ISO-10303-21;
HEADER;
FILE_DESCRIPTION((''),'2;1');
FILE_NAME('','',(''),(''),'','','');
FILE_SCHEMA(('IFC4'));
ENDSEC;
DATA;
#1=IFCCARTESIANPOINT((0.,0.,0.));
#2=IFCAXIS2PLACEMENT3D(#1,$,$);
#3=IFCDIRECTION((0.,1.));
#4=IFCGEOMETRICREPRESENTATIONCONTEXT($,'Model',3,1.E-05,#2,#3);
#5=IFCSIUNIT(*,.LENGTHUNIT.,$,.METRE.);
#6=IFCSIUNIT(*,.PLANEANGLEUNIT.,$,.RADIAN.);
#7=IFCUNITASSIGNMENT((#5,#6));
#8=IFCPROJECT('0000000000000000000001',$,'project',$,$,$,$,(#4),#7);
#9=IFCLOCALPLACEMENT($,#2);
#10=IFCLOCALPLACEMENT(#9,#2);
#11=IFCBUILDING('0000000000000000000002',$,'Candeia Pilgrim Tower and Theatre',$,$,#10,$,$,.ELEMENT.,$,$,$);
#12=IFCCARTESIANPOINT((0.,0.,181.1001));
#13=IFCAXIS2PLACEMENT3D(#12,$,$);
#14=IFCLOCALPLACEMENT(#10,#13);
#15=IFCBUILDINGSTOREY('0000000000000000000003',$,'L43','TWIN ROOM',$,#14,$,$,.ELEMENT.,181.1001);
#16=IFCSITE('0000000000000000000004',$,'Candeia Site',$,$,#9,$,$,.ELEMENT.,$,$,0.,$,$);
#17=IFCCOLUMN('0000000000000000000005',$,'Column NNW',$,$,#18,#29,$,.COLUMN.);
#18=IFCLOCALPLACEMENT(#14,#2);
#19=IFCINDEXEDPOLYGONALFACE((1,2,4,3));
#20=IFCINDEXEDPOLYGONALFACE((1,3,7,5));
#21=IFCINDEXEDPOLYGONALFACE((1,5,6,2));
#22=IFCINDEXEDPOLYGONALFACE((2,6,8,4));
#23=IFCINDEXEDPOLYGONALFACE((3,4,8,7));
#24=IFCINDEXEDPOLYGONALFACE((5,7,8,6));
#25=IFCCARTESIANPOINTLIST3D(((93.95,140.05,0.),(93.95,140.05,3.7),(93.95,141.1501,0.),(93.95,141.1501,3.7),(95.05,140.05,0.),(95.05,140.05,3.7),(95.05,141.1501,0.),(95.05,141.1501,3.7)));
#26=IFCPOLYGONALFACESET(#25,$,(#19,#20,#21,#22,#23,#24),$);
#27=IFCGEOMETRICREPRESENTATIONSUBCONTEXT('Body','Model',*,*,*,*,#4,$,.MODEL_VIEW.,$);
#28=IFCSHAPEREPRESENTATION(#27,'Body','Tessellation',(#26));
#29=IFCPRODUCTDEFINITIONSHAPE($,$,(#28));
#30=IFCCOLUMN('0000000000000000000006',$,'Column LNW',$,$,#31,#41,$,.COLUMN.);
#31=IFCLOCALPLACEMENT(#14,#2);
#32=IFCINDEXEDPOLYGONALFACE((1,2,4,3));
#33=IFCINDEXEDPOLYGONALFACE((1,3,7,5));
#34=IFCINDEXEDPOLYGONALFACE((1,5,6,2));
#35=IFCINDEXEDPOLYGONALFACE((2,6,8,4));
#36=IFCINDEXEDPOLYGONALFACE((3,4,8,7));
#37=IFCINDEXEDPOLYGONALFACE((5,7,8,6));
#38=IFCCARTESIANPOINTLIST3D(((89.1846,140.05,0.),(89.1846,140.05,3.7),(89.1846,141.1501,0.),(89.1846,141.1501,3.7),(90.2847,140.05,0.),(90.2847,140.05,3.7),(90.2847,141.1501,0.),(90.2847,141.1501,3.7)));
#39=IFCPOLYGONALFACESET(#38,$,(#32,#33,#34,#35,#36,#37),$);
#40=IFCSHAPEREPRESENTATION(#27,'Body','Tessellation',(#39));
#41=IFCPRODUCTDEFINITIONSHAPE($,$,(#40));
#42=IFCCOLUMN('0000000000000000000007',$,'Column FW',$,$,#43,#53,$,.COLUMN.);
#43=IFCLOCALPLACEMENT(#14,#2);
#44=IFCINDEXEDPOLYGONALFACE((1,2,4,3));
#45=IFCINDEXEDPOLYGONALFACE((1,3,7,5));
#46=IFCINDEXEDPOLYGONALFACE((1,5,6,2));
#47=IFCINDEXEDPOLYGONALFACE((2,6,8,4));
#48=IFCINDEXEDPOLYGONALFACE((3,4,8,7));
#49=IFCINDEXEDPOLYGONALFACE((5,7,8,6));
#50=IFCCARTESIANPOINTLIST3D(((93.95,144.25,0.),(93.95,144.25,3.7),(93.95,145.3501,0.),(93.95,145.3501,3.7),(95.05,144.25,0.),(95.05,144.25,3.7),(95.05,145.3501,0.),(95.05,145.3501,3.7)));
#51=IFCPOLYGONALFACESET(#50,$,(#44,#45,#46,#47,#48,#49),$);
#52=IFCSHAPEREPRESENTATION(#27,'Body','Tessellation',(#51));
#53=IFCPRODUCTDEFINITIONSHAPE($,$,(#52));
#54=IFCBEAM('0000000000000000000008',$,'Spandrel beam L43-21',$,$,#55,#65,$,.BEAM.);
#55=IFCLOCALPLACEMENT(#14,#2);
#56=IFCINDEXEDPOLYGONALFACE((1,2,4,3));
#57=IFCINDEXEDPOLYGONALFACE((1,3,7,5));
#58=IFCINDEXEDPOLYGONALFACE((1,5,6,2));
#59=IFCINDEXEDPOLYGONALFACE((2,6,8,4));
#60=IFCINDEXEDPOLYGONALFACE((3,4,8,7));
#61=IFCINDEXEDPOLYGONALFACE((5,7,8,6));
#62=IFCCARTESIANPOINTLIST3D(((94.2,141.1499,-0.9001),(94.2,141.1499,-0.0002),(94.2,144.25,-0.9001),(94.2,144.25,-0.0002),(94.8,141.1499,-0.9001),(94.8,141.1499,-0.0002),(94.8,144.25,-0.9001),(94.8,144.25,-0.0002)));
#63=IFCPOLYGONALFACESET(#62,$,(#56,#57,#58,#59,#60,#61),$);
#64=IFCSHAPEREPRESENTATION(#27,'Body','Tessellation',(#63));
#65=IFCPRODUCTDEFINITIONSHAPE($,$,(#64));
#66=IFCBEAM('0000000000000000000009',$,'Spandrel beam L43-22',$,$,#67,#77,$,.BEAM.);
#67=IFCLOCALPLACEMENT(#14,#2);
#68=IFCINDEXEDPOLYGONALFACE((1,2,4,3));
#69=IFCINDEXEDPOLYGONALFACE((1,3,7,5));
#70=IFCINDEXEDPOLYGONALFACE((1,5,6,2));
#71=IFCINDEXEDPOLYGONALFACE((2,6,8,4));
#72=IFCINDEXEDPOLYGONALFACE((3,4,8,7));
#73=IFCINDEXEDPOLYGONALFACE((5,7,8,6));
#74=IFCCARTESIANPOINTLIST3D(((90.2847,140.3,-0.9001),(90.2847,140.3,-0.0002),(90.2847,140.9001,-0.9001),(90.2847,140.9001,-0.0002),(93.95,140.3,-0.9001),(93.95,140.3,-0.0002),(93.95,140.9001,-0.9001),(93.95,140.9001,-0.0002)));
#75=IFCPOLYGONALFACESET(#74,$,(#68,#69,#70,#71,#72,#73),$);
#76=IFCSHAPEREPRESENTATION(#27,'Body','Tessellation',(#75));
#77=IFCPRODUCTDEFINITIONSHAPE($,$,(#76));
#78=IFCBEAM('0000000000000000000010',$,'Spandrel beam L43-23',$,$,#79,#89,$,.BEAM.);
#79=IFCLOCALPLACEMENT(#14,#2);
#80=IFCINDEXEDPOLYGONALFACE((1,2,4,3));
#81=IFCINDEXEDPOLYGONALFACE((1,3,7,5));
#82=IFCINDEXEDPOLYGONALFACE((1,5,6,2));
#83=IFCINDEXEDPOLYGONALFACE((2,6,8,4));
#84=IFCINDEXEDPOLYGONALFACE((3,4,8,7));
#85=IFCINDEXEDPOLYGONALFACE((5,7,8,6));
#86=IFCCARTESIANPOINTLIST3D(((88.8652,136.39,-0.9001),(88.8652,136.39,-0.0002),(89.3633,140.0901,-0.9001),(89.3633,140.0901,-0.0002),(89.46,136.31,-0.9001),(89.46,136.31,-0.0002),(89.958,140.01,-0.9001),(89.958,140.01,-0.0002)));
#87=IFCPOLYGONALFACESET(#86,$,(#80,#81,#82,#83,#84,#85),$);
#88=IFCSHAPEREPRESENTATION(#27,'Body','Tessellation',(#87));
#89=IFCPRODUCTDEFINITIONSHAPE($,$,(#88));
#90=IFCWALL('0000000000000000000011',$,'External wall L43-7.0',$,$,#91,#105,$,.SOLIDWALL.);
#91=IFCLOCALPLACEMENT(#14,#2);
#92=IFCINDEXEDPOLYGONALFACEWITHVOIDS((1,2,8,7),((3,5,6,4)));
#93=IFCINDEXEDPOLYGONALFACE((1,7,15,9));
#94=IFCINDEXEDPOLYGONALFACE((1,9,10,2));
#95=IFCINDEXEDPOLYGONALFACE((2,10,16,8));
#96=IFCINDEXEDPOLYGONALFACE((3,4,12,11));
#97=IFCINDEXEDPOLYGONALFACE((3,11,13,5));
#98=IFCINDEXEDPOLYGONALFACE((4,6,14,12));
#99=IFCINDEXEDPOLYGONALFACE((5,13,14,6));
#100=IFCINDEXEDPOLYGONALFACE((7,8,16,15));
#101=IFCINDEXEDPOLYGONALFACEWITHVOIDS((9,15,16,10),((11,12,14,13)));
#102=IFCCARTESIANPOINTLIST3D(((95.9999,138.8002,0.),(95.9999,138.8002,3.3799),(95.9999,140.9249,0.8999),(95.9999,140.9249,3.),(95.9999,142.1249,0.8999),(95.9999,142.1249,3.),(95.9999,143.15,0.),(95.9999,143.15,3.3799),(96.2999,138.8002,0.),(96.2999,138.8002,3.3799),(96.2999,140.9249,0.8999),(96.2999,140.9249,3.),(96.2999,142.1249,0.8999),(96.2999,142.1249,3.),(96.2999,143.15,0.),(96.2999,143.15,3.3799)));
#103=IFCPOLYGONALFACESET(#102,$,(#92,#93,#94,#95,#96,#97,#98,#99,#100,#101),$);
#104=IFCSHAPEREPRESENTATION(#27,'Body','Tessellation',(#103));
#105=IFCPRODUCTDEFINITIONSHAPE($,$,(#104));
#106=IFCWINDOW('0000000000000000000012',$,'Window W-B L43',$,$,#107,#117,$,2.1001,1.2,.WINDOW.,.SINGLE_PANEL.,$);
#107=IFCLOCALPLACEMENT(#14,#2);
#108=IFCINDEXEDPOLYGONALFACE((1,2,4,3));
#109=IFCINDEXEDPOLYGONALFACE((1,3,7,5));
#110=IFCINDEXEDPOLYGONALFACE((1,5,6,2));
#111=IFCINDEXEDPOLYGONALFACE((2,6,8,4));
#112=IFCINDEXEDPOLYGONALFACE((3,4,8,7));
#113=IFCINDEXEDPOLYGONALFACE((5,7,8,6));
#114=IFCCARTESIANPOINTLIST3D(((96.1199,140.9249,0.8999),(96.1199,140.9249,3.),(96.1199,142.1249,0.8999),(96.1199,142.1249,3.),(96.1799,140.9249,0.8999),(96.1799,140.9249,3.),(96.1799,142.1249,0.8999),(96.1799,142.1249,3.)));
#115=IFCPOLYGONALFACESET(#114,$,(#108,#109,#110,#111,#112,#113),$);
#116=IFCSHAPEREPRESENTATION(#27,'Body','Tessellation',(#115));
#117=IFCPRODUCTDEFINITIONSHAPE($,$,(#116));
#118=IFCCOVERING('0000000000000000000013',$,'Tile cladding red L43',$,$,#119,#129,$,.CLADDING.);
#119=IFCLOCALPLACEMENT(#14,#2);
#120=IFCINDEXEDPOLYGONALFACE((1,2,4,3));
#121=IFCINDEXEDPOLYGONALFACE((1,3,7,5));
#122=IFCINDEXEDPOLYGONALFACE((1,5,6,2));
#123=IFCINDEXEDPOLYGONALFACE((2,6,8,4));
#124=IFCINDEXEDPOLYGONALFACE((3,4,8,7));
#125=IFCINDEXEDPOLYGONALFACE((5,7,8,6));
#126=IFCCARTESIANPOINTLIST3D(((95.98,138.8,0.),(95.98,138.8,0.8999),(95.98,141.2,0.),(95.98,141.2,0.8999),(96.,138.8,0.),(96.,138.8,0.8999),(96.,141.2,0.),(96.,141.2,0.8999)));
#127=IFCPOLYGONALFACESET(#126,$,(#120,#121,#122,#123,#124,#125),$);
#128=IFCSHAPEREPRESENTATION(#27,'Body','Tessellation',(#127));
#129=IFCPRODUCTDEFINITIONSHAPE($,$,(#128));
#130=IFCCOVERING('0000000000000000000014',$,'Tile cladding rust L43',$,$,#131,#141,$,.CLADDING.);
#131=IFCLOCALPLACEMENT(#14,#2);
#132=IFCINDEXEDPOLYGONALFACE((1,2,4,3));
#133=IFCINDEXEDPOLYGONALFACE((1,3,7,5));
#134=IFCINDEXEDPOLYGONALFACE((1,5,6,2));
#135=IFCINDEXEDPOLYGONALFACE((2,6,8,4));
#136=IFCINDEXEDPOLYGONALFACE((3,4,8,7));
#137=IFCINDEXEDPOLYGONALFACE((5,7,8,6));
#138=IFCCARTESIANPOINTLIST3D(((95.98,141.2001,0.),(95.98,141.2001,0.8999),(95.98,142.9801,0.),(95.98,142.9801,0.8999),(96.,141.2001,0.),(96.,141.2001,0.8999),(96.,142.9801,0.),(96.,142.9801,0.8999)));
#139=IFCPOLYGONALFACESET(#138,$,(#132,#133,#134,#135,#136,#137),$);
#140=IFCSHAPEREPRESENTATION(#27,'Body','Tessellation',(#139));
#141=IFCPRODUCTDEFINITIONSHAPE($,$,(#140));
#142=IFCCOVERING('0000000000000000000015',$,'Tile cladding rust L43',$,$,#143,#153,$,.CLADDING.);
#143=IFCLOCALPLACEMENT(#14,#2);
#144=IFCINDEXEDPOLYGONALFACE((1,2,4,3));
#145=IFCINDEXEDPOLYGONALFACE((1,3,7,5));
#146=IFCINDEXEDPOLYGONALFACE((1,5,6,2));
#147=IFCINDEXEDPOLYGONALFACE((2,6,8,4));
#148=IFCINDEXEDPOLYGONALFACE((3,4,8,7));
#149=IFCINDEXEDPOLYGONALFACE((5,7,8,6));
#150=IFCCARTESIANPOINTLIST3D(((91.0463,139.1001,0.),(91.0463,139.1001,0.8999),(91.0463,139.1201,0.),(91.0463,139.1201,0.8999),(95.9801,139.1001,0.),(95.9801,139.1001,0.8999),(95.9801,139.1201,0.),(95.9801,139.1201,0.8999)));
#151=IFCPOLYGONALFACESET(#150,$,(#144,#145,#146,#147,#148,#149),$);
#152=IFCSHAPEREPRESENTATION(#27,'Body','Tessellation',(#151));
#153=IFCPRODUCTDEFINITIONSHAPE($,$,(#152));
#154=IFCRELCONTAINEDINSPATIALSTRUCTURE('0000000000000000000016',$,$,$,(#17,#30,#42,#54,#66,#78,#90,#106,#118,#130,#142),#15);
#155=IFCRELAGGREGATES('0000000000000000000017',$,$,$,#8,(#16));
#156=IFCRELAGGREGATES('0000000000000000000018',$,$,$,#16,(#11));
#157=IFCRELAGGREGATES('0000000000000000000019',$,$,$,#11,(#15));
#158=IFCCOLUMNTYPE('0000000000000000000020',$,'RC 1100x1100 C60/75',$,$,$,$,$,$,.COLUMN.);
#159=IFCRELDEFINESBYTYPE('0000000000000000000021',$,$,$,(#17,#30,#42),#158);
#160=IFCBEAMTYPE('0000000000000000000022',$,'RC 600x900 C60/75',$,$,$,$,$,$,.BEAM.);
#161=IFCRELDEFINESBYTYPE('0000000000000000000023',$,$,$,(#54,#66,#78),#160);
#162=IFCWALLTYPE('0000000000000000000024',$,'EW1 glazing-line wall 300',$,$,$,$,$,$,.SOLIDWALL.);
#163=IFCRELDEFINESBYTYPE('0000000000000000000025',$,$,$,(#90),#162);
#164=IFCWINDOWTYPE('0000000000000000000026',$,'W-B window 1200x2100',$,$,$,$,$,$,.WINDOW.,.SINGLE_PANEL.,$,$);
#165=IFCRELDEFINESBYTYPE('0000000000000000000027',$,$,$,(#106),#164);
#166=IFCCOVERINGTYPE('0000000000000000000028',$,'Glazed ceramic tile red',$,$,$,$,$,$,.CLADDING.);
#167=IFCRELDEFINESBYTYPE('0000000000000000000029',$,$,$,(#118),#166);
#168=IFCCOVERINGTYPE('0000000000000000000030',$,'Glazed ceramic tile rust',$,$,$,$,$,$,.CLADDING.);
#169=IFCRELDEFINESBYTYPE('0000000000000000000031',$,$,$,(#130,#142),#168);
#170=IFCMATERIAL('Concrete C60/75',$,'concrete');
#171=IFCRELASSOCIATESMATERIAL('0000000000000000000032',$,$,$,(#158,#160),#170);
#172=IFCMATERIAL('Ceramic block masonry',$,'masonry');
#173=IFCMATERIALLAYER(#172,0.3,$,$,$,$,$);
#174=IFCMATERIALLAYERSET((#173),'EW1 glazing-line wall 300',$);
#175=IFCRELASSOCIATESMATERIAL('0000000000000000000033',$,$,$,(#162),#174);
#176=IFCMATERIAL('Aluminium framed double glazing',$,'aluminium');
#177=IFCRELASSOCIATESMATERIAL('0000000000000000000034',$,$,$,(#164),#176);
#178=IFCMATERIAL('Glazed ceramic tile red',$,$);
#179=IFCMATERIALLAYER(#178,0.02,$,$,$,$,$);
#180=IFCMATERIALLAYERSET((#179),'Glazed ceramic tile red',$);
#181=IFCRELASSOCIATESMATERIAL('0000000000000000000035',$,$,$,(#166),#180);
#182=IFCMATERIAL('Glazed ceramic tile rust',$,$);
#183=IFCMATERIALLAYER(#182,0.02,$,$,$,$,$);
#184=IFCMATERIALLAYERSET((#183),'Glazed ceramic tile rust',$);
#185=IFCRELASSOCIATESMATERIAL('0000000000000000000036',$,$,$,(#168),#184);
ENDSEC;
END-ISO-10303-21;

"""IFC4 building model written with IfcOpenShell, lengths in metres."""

from ifc_helpers import new_model, si_unit, direction, frame, frame_2d, origin, origin_2d, place, context, subcontext, project, spatial, rectangle, extrude, material, layer, layer_set, material_profile, profile_set, type_object, element, fill, save


model = new_model("IFC4")

# Units and contexts
model_context = context("Model", 3, precision=1e-05, world=origin(), true_north=direction((0.0, 1.0)))
body_context = subcontext(model_context, "Body", "Model", "MODEL_VIEW")
ifc_project = project(units=[si_unit("LENGTHUNIT", "METRE"), si_unit("PLANEANGLEUNIT", "RADIAN")], contexts=[model_context])

# Site, building, storey
site_placement = place(None, origin())
site = spatial("IfcSite", under=ifc_project, at=site_placement, Name="Candeia Site", CompositionType="ELEMENT", RefElevation=0.0)
building_placement = place(site_placement, origin())
building = spatial("IfcBuilding", under=site, at=building_placement, Name="Candeia Pilgrim Tower and Theatre", CompositionType="ELEMENT")
storey_placement = place(building_placement, frame((0.0, 0.0, 181.1001)))
storey = spatial("IfcBuildingStorey", under=building, at=storey_placement, Name="L43", Description="TWIN ROOM", CompositionType="ELEMENT", Elevation=181.1001)

# Columns
ifc_material_1 = material(Name="Concrete C60/75", Category="concrete")
ifc_material_profile_1 = material_profile(ifc_material_1, rectangle(XDim=1.1001, YDim=1.1001, at=origin_2d()))
ifc_profile_set_1 = profile_set([ifc_material_profile_1], Name="Concrete C60/75")
column_type = type_object("IfcColumnType", Name="RC 1100x1100 C60/75", PredefinedType="COLUMN", material=ifc_profile_set_1)
for number, where, z_axis, x_axis, name in (
    (1, (94.5, 140.6001, 0.0), (0.0, 0.0, 1.0), (1.0, 0.0, 0.0), "Column NNW"),
    (2, (89.7346, 140.6001, 0.0), (0.0, 0.0, 1.0), (1.0, 0.0, 0.0), "Column LNW"),
    (3, (94.5, 144.8, 0.0), (0.0, 0.0, 1.0), (1.0, 0.0, 0.0), "Column FW"),
):
    element("IfcColumn", number, at=place(storey_placement, frame(where, z_axis=z_axis, x_axis=x_axis)), inside=storey, type_object=column_type, Name=name, PredefinedType="COLUMN", context=body_context, shape_type="SweptSolid", body=[
        extrude(rectangle(XDim=1.1001, YDim=1.1001, at=origin_2d()), origin(), (0.0, 0.0, 1.0), 3.7),
    ])

# Beams
ifc_material_profile_2 = material_profile(ifc_material_1, rectangle(XDim=0.6001, YDim=0.8999, at=origin_2d()))
ifc_profile_set_2 = profile_set([ifc_material_profile_2], Name="Concrete C60/75")
beam_type = type_object("IfcBeamType", Name="RC 600x900 C60/75", PredefinedType="BEAM", material=ifc_profile_set_2)
beam_1_placement = place(storey_placement, frame((94.5, 144.25, -0.4502), z_axis=(0.0, -1.0, 0.0), x_axis=(1.0, 0.0, 0.0)))
element("IfcBeam", 4, at=beam_1_placement, inside=storey, type_object=beam_type, Name="Spandrel beam L43-21", PredefinedType="BEAM", context=body_context, shape_type="SweptSolid", body=[
    extrude(rectangle(XDim=0.6001, YDim=0.8999, at=origin_2d()), origin(), (0.0, 0.0, 1.0), 3.1001),
])
beam_2_placement = place(storey_placement, frame((93.95, 140.6001, -0.4502), z_axis=(-1.0, 0.0, 0.0), x_axis=(0.0, -1.0, 0.0)))
element("IfcBeam", 5, at=beam_2_placement, inside=storey, type_object=beam_type, Name="Spandrel beam L43-22", PredefinedType="BEAM", context=body_context, shape_type="SweptSolid", body=[
    extrude(rectangle(XDim=0.6001, YDim=0.8999, at=origin_2d()), origin(), (0.0, 0.0, 1.0), 3.6653),
])
beam_3_placement = place(storey_placement, frame((89.6606, 140.05, -0.4502), z_axis=(-0.133406, -0.991061, 0.0), x_axis=(0.991061, -0.133406, 0.0)))
element("IfcBeam", 6, at=beam_3_placement, inside=storey, type_object=beam_type, Name="Spandrel beam L43-23", PredefinedType="BEAM", context=body_context, shape_type="SweptSolid", body=[
    extrude(rectangle(XDim=0.6001, YDim=0.8999, at=origin_2d()), origin(), (0.0, 0.0, 1.0), 3.7334),
])

# Wall, opening, window
ifc_material_2 = material(Name="Ceramic block masonry", Category="masonry")
ifc_layer_1 = layer(ifc_material_2, 0.3)
ifc_layer_set_1 = layer_set([ifc_layer_1], Name="EW1 glazing-line wall 300")
wall_type = type_object("IfcWallType", Name="EW1 glazing-line wall 300", PredefinedType="SOLIDWALL", material=ifc_layer_set_1)
wall_placement = place(storey_placement, frame((96.1499, 143.1499, 0.0), z_axis=(0.0, 0.0, 1.0), x_axis=(0.0, -1.0, 0.0)))
wall = element("IfcWall", 7, at=wall_placement, inside=storey, type_object=wall_type, Name="External wall L43-7.0", PredefinedType="SOLIDWALL", context=body_context, shape_type="SweptSolid", body=[
    extrude(rectangle(XDim=4.3499, YDim=0.3, at=frame_2d((2.1748, 0.0))), origin(), (0.0, 0.0, 1.0), 3.3799),
])
opening_placement = place(wall_placement, frame((1.0249, 0.0, 0.8999)))
opening = element("IfcOpeningElement", 8, at=opening_placement, cuts=wall, PredefinedType="OPENING", context=body_context, shape_type="SweptSolid", body=[
    extrude(rectangle(XDim=1.2, YDim=2.1001, at=frame_2d((0.6001, 1.05))), frame((0.0, 0.1602, 0.0), z_axis=(0.0, -1.0, 0.0), x_axis=(1.0, 0.0, 0.0)), (0.0, 0.0, 1.0), 0.3201),
])
ifc_material_3 = material(Name="Aluminium framed double glazing", Category="aluminium")
window_type = type_object("IfcWindowType", Name="W-B window 1200x2100", PartitioningType="SINGLE_PANEL", PredefinedType="WINDOW", material=ifc_material_3)
window_placement = place(opening_placement, origin())
window = element("IfcWindow", 9, at=window_placement, inside=storey, type_object=window_type, Name="Window W-B L43", OverallHeight=2.1001, OverallWidth=1.2, PartitioningType="SINGLE_PANEL", PredefinedType="WINDOW", context=body_context, shape_type="SweptSolid", body=[
    extrude(rectangle(XDim=1.2, YDim=2.1001, at=frame_2d((0.6001, 1.05))), frame((0.0, 0.03, 0.0), z_axis=(0.0, -1.0, 0.0), x_axis=(1.0, 0.0, 0.0)), (0.0, 0.0, 1.0), 0.0601),
])
fill(opening, window)

# Coverings
ifc_material_4 = material(Name="Glazed ceramic tile red")
ifc_layer_2 = layer(ifc_material_4, 0.02)
ifc_layer_set_2 = layer_set([ifc_layer_2], Name="Glazed ceramic tile red")
covering_type_1 = type_object("IfcCoveringType", Name="Glazed ceramic tile red", PredefinedType="CLADDING", material=ifc_layer_set_2)
covering_1_placement = place(storey_placement, frame((95.99, 140.0, 0.0), z_axis=(0.0, 0.0, 1.0), x_axis=(0.0, -1.0, 0.0)))
element("IfcCovering", 10, at=covering_1_placement, inside=storey, type_object=covering_type_1, Name="Tile cladding red L43", PredefinedType="CLADDING", context=body_context, shape_type="SweptSolid", body=[
    extrude(rectangle(XDim=2.3999, YDim=0.02, at=origin_2d()), origin(), (0.0, 0.0, 1.0), 0.8999),
])
ifc_material_5 = material(Name="Glazed ceramic tile rust")
ifc_layer_3 = layer(ifc_material_5, 0.02)
ifc_layer_set_3 = layer_set([ifc_layer_3], Name="Glazed ceramic tile rust")
covering_type_2 = type_object("IfcCoveringType", Name="Glazed ceramic tile rust", PredefinedType="CLADDING", material=ifc_layer_set_3)
covering_2_placement = place(storey_placement, frame((95.99, 142.0901, 0.0), z_axis=(0.0, 0.0, 1.0), x_axis=(0.0, -1.0, 0.0)))
element("IfcCovering", 11, at=covering_2_placement, inside=storey, type_object=covering_type_2, Name="Tile cladding rust L43", PredefinedType="CLADDING", context=body_context, shape_type="SweptSolid", body=[
    extrude(rectangle(XDim=1.78, YDim=0.02, at=origin_2d()), origin(), (0.0, 0.0, 1.0), 0.8999),
])
covering_3_placement = place(storey_placement, frame((93.5132, 139.1101, 0.0), z_axis=(0.0, 0.0, 1.0), x_axis=(-1.0, 0.0, 0.0)))
element("IfcCovering", 12, at=covering_3_placement, inside=storey, type_object=covering_type_2, Name="Tile cladding rust L43", PredefinedType="CLADDING", context=body_context, shape_type="SweptSolid", body=[
    extrude(rectangle(XDim=4.9338, YDim=0.02, at=origin_2d()), origin(), (0.0, 0.0, 1.0), 0.8999),
])

save(model, "model.ifc")
